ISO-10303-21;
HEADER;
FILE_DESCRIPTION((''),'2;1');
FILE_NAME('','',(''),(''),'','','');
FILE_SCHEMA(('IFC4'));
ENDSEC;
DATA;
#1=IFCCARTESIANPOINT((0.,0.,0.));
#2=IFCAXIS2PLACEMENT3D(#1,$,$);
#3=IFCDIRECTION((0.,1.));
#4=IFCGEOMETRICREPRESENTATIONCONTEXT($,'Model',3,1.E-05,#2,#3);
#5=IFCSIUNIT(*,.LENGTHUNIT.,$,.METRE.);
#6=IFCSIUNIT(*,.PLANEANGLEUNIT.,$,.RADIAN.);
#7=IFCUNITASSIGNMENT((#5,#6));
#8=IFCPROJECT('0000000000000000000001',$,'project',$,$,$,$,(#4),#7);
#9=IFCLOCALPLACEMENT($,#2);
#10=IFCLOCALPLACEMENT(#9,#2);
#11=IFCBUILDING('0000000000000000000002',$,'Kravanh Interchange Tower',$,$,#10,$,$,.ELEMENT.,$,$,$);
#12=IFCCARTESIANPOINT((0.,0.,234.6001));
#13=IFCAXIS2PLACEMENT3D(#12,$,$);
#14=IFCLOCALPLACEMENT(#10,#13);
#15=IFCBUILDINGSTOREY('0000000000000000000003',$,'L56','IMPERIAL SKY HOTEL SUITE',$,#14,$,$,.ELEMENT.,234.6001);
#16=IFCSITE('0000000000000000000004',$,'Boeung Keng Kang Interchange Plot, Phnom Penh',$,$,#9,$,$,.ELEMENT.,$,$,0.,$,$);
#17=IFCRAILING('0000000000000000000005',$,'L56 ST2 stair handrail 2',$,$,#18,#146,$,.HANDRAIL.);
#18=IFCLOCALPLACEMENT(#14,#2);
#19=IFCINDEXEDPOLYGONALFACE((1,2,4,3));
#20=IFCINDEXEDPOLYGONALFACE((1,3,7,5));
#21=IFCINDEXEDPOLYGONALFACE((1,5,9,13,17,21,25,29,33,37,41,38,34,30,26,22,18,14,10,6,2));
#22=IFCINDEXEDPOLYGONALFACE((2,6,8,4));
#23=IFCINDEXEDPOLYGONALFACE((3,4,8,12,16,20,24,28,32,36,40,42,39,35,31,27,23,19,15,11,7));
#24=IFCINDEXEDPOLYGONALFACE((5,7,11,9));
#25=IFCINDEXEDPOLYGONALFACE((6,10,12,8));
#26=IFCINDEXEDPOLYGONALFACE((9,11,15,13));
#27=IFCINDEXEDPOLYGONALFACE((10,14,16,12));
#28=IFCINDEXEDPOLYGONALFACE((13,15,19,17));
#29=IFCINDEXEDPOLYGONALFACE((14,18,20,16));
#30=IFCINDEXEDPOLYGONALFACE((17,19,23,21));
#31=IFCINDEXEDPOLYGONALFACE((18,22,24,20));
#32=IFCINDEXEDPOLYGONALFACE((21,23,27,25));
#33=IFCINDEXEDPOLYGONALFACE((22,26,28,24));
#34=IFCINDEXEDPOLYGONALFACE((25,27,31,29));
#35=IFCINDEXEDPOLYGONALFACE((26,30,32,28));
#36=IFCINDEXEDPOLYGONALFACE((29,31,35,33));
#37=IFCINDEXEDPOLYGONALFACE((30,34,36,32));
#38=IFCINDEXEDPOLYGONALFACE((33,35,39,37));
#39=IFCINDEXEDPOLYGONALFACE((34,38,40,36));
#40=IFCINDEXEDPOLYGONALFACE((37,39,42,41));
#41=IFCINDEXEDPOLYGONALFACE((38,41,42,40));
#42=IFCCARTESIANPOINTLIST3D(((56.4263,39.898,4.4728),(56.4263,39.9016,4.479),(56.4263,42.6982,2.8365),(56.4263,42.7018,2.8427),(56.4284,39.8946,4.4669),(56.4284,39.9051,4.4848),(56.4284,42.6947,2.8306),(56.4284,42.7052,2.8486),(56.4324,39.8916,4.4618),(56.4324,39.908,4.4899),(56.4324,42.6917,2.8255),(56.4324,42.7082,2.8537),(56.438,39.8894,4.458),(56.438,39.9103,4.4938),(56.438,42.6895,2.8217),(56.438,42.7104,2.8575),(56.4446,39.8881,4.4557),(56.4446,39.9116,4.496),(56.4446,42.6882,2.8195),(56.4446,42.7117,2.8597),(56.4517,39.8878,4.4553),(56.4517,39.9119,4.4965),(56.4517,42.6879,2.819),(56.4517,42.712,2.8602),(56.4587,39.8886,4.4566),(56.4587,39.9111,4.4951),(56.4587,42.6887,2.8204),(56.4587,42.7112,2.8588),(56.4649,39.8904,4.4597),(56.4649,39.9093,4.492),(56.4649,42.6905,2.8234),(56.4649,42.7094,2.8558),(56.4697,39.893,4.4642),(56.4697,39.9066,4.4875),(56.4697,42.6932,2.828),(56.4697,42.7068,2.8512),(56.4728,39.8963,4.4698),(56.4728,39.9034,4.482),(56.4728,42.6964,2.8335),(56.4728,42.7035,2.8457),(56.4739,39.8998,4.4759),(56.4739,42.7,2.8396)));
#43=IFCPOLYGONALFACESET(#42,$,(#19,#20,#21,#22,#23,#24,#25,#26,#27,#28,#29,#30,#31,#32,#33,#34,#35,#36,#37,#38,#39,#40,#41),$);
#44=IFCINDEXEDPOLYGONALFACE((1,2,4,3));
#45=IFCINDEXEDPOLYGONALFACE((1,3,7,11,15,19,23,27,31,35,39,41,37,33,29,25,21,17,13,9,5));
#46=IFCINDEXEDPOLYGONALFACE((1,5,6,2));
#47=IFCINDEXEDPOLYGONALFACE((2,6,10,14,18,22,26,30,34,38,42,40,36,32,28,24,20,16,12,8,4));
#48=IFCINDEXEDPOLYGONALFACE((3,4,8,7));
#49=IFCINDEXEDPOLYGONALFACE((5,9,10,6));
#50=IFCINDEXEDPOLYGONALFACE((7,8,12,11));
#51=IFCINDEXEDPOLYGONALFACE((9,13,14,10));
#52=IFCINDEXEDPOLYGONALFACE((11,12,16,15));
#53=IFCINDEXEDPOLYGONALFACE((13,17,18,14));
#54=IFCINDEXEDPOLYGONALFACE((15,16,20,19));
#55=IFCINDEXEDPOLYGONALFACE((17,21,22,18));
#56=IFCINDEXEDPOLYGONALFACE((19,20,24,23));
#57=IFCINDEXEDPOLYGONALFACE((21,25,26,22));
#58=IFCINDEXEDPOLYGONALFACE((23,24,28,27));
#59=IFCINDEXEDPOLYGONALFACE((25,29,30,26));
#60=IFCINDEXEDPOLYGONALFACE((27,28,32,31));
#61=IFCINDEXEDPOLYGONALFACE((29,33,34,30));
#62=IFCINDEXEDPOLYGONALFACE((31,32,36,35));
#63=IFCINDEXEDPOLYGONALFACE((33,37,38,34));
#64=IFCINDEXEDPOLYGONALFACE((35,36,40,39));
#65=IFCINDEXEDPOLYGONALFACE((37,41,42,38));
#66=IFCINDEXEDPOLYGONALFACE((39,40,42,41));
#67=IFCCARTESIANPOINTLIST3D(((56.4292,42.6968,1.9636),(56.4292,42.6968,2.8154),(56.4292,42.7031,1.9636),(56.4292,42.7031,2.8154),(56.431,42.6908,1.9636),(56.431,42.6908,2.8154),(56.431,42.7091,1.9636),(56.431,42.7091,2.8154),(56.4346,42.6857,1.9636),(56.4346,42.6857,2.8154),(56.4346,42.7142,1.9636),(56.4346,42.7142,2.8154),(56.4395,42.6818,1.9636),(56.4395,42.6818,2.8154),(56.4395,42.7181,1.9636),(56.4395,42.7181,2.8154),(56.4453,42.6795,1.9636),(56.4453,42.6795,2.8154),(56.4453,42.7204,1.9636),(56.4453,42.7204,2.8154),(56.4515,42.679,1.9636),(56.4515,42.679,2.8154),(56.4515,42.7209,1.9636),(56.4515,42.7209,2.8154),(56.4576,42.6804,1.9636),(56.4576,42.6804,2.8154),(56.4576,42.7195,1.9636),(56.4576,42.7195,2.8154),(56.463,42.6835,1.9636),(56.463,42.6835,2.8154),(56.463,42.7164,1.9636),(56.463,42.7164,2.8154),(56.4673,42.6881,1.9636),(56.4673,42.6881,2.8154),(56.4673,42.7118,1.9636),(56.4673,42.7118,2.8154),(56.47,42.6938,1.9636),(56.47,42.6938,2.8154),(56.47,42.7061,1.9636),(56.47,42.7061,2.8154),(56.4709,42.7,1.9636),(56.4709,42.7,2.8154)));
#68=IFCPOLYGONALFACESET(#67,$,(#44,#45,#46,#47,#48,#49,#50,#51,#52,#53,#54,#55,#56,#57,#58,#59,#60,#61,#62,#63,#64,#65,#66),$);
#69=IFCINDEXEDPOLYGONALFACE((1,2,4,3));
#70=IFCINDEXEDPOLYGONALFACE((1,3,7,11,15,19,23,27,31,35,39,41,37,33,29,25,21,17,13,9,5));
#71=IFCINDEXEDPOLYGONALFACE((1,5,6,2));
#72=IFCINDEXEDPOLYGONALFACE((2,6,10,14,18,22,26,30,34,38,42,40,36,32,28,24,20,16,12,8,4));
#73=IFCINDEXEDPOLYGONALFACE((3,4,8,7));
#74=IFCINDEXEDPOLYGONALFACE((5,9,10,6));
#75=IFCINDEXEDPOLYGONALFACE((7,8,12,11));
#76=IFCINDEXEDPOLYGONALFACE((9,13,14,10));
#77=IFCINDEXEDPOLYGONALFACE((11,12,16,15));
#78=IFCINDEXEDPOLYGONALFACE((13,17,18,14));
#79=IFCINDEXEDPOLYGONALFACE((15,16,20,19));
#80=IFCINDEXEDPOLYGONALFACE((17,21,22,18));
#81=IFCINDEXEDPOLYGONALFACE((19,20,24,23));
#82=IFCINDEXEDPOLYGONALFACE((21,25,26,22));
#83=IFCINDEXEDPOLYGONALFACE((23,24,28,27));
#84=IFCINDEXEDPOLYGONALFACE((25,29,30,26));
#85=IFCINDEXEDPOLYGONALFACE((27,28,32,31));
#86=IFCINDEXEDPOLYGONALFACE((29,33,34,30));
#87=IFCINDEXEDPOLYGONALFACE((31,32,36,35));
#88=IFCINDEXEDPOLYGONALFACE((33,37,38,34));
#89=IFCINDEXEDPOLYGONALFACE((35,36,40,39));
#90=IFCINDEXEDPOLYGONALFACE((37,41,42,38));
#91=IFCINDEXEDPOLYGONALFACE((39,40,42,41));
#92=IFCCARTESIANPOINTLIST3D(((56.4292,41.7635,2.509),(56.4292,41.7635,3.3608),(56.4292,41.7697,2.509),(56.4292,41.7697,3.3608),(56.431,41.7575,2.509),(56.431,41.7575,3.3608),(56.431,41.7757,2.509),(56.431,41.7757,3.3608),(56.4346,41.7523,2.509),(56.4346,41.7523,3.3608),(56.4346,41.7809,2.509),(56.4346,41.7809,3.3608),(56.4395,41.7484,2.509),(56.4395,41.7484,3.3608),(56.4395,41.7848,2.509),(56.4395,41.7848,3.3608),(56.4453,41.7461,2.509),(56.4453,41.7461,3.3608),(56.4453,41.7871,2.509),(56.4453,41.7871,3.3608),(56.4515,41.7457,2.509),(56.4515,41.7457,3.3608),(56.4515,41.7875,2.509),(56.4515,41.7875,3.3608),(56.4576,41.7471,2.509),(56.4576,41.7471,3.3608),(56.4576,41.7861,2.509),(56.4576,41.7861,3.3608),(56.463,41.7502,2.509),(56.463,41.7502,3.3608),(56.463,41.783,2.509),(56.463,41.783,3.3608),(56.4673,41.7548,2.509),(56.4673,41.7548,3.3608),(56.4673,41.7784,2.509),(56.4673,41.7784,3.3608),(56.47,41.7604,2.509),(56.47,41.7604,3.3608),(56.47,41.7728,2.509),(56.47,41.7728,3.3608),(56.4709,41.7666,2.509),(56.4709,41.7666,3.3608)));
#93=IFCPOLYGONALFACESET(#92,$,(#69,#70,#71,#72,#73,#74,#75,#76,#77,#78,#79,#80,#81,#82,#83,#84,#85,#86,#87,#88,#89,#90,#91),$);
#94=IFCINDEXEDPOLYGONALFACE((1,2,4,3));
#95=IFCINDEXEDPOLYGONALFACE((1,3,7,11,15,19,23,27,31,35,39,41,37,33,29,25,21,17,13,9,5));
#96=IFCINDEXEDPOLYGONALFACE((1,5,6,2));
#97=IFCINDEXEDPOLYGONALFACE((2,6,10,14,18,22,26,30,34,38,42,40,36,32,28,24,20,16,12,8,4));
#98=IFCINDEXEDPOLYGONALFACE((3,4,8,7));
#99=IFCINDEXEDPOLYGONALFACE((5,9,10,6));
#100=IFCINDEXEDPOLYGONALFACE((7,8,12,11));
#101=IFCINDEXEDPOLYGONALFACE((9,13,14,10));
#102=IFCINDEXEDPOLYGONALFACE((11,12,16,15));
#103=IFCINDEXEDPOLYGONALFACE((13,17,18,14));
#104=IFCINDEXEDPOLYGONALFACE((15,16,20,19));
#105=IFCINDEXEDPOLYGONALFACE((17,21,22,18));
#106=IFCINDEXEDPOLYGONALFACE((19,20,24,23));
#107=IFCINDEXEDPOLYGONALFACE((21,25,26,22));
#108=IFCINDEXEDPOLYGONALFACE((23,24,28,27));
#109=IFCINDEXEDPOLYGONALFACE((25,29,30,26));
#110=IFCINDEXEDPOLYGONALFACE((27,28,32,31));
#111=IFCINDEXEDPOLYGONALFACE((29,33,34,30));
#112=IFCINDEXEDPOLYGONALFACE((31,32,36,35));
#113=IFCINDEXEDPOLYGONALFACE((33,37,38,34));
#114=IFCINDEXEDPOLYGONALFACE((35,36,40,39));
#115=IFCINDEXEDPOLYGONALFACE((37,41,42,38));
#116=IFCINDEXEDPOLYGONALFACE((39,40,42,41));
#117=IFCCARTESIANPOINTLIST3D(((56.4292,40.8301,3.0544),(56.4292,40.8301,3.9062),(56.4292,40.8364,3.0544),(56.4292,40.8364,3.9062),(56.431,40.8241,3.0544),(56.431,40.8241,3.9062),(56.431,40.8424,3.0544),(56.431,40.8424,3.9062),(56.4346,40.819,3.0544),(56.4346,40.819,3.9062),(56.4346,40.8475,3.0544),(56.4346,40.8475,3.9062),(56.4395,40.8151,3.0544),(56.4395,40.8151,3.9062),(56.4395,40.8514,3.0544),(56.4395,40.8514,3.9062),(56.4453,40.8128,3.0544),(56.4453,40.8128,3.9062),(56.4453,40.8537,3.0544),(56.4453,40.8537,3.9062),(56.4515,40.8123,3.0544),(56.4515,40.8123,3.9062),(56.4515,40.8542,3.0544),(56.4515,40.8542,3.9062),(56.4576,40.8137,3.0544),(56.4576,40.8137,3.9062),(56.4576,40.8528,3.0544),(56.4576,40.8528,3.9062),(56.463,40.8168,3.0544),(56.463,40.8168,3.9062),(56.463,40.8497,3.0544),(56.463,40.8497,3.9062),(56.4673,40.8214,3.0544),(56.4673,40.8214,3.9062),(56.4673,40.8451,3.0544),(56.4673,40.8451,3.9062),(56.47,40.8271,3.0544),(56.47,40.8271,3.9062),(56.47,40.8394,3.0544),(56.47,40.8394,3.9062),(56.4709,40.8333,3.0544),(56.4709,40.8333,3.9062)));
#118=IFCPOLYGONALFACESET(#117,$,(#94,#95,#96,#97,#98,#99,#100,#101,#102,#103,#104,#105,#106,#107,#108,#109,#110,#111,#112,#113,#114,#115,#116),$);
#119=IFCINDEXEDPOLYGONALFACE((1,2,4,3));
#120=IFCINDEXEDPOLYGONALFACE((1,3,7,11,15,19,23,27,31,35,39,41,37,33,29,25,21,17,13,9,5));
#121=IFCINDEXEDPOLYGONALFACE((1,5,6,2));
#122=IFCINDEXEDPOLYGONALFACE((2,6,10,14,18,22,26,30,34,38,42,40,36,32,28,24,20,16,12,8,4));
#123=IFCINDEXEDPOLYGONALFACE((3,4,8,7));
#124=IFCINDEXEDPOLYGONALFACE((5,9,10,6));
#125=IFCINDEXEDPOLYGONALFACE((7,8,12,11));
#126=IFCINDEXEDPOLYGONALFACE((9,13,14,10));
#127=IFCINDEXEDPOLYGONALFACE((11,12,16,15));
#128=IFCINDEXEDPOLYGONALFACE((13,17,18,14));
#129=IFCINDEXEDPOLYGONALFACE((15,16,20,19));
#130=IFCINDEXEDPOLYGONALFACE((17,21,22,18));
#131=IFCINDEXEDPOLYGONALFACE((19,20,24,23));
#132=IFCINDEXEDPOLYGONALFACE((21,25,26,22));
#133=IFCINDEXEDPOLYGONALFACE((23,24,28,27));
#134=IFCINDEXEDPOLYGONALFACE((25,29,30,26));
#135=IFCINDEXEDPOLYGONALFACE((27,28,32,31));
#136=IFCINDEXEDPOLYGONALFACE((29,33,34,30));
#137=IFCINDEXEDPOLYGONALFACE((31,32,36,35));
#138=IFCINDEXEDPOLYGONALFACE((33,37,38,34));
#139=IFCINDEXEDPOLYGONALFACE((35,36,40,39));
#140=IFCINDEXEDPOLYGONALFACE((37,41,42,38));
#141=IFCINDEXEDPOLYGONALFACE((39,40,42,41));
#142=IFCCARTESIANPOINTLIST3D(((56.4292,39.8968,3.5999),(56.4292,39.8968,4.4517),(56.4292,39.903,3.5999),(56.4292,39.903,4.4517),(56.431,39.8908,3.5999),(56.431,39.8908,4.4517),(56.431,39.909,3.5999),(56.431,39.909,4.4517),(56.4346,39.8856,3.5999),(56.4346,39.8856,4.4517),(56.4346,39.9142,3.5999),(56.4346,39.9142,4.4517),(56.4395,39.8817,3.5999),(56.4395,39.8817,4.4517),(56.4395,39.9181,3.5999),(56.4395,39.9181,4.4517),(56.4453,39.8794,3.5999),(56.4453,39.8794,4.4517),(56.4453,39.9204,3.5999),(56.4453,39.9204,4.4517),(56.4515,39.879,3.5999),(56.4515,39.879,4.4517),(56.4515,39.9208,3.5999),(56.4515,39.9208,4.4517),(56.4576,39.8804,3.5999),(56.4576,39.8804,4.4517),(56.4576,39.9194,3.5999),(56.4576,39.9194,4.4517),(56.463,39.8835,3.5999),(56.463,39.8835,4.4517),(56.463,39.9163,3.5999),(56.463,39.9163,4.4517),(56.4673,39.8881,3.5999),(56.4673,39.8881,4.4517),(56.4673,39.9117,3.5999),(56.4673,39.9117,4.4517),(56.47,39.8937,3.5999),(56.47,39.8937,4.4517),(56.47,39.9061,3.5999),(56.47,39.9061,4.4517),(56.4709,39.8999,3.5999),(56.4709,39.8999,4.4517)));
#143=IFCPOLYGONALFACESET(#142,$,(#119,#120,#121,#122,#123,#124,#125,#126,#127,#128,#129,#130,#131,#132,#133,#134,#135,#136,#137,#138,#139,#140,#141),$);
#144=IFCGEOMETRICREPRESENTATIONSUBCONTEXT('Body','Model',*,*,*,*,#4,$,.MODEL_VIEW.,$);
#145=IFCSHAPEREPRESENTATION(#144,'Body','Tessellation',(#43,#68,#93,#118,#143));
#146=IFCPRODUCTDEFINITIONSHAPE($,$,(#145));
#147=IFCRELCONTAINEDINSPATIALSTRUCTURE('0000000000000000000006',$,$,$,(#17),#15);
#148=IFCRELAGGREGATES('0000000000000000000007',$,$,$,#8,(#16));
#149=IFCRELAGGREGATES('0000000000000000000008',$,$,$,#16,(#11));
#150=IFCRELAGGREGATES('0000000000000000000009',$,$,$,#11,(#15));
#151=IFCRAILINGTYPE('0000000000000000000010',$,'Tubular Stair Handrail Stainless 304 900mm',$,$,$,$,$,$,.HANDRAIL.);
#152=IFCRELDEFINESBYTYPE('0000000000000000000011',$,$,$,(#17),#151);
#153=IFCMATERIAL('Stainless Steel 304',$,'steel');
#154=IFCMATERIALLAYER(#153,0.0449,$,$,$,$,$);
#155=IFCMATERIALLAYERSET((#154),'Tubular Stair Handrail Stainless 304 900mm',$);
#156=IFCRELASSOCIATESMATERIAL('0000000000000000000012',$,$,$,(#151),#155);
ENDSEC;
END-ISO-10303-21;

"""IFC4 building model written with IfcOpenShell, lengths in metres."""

from ifc_helpers import new_model, si_unit, direction, frame, origin, origin_2d, place, context, subcontext, project, spatial, circle, extrude, material, layer, layer_set, type_object, element, save


model = new_model("IFC4")

# Units and contexts
model_context = context("Model", 3, precision=1e-05, world=origin(), true_north=direction((0.0, 1.0)))
body_context = subcontext(model_context, "Body", "Model", "MODEL_VIEW")
ifc_project = project(units=[si_unit("LENGTHUNIT", "METRE"), si_unit("PLANEANGLEUNIT", "RADIAN")], contexts=[model_context])

# Site, building, storey
site_placement = place(None, origin())
site = spatial("IfcSite", under=ifc_project, at=site_placement, Name="Boeung Keng Kang Interchange Plot, Phnom Penh", CompositionType="ELEMENT", RefElevation=0.0)
building_placement = place(site_placement, origin())
building = spatial("IfcBuilding", under=site, at=building_placement, Name="Kravanh Interchange Tower", CompositionType="ELEMENT")
storey_placement = place(building_placement, frame((0.0, 0.0, 234.6001)))
storey = spatial("IfcBuildingStorey", under=building, at=storey_placement, Name="L56", Description="IMPERIAL SKY HOTEL SUITE", CompositionType="ELEMENT", Elevation=234.6001)

# Railing
ifc_material_1 = material(Name="Stainless Steel 304", Category="steel")
ifc_layer_1 = layer(ifc_material_1, 0.0449)
ifc_layer_set_1 = layer_set([ifc_layer_1], Name="Tubular Stair Handrail Stainless 304 900mm")
railing_type_1 = type_object("IfcRailingType", Name="Tubular Stair Handrail Stainless 304 900mm", PredefinedType="HANDRAIL", material=ifc_layer_set_1)
railing_1_placement = place(storey_placement, frame((56.45, 42.7, 1.9636)))
element("IfcRailing", 1, at=railing_1_placement, inside=storey, type_object=railing_type_1, Name="L56 ST2 stair handrail 2", PredefinedType="HANDRAIL", context=body_context, shape_type="SweptSolid", body=[
    extrude(circle(Radius=0.0239, at=origin_2d()), frame((0.0, 0.0, 0.876), z_axis=(0.0, -0.863394, 0.504531), x_axis=(1.0, 0.0, 0.0)), (0.0, 0.0, 1.0), 3.2432),
    extrude(circle(Radius=0.021, at=origin_2d()), origin(), (0.0, 0.0, 1.0), 0.8518),
    extrude(circle(Radius=0.021, at=origin_2d()), frame((0.0, -0.9333, 0.5454)), (0.0, 0.0, 1.0), 0.8518),
    extrude(circle(Radius=0.021, at=origin_2d()), frame((0.0, -1.8667, 1.0908)), (0.0, 0.0, 1.0), 0.8518),
    extrude(circle(Radius=0.021, at=origin_2d()), frame((0.0, -2.8, 1.6362)), (0.0, 0.0, 1.0), 0.8518),
])

save(model, "model.ifc")
